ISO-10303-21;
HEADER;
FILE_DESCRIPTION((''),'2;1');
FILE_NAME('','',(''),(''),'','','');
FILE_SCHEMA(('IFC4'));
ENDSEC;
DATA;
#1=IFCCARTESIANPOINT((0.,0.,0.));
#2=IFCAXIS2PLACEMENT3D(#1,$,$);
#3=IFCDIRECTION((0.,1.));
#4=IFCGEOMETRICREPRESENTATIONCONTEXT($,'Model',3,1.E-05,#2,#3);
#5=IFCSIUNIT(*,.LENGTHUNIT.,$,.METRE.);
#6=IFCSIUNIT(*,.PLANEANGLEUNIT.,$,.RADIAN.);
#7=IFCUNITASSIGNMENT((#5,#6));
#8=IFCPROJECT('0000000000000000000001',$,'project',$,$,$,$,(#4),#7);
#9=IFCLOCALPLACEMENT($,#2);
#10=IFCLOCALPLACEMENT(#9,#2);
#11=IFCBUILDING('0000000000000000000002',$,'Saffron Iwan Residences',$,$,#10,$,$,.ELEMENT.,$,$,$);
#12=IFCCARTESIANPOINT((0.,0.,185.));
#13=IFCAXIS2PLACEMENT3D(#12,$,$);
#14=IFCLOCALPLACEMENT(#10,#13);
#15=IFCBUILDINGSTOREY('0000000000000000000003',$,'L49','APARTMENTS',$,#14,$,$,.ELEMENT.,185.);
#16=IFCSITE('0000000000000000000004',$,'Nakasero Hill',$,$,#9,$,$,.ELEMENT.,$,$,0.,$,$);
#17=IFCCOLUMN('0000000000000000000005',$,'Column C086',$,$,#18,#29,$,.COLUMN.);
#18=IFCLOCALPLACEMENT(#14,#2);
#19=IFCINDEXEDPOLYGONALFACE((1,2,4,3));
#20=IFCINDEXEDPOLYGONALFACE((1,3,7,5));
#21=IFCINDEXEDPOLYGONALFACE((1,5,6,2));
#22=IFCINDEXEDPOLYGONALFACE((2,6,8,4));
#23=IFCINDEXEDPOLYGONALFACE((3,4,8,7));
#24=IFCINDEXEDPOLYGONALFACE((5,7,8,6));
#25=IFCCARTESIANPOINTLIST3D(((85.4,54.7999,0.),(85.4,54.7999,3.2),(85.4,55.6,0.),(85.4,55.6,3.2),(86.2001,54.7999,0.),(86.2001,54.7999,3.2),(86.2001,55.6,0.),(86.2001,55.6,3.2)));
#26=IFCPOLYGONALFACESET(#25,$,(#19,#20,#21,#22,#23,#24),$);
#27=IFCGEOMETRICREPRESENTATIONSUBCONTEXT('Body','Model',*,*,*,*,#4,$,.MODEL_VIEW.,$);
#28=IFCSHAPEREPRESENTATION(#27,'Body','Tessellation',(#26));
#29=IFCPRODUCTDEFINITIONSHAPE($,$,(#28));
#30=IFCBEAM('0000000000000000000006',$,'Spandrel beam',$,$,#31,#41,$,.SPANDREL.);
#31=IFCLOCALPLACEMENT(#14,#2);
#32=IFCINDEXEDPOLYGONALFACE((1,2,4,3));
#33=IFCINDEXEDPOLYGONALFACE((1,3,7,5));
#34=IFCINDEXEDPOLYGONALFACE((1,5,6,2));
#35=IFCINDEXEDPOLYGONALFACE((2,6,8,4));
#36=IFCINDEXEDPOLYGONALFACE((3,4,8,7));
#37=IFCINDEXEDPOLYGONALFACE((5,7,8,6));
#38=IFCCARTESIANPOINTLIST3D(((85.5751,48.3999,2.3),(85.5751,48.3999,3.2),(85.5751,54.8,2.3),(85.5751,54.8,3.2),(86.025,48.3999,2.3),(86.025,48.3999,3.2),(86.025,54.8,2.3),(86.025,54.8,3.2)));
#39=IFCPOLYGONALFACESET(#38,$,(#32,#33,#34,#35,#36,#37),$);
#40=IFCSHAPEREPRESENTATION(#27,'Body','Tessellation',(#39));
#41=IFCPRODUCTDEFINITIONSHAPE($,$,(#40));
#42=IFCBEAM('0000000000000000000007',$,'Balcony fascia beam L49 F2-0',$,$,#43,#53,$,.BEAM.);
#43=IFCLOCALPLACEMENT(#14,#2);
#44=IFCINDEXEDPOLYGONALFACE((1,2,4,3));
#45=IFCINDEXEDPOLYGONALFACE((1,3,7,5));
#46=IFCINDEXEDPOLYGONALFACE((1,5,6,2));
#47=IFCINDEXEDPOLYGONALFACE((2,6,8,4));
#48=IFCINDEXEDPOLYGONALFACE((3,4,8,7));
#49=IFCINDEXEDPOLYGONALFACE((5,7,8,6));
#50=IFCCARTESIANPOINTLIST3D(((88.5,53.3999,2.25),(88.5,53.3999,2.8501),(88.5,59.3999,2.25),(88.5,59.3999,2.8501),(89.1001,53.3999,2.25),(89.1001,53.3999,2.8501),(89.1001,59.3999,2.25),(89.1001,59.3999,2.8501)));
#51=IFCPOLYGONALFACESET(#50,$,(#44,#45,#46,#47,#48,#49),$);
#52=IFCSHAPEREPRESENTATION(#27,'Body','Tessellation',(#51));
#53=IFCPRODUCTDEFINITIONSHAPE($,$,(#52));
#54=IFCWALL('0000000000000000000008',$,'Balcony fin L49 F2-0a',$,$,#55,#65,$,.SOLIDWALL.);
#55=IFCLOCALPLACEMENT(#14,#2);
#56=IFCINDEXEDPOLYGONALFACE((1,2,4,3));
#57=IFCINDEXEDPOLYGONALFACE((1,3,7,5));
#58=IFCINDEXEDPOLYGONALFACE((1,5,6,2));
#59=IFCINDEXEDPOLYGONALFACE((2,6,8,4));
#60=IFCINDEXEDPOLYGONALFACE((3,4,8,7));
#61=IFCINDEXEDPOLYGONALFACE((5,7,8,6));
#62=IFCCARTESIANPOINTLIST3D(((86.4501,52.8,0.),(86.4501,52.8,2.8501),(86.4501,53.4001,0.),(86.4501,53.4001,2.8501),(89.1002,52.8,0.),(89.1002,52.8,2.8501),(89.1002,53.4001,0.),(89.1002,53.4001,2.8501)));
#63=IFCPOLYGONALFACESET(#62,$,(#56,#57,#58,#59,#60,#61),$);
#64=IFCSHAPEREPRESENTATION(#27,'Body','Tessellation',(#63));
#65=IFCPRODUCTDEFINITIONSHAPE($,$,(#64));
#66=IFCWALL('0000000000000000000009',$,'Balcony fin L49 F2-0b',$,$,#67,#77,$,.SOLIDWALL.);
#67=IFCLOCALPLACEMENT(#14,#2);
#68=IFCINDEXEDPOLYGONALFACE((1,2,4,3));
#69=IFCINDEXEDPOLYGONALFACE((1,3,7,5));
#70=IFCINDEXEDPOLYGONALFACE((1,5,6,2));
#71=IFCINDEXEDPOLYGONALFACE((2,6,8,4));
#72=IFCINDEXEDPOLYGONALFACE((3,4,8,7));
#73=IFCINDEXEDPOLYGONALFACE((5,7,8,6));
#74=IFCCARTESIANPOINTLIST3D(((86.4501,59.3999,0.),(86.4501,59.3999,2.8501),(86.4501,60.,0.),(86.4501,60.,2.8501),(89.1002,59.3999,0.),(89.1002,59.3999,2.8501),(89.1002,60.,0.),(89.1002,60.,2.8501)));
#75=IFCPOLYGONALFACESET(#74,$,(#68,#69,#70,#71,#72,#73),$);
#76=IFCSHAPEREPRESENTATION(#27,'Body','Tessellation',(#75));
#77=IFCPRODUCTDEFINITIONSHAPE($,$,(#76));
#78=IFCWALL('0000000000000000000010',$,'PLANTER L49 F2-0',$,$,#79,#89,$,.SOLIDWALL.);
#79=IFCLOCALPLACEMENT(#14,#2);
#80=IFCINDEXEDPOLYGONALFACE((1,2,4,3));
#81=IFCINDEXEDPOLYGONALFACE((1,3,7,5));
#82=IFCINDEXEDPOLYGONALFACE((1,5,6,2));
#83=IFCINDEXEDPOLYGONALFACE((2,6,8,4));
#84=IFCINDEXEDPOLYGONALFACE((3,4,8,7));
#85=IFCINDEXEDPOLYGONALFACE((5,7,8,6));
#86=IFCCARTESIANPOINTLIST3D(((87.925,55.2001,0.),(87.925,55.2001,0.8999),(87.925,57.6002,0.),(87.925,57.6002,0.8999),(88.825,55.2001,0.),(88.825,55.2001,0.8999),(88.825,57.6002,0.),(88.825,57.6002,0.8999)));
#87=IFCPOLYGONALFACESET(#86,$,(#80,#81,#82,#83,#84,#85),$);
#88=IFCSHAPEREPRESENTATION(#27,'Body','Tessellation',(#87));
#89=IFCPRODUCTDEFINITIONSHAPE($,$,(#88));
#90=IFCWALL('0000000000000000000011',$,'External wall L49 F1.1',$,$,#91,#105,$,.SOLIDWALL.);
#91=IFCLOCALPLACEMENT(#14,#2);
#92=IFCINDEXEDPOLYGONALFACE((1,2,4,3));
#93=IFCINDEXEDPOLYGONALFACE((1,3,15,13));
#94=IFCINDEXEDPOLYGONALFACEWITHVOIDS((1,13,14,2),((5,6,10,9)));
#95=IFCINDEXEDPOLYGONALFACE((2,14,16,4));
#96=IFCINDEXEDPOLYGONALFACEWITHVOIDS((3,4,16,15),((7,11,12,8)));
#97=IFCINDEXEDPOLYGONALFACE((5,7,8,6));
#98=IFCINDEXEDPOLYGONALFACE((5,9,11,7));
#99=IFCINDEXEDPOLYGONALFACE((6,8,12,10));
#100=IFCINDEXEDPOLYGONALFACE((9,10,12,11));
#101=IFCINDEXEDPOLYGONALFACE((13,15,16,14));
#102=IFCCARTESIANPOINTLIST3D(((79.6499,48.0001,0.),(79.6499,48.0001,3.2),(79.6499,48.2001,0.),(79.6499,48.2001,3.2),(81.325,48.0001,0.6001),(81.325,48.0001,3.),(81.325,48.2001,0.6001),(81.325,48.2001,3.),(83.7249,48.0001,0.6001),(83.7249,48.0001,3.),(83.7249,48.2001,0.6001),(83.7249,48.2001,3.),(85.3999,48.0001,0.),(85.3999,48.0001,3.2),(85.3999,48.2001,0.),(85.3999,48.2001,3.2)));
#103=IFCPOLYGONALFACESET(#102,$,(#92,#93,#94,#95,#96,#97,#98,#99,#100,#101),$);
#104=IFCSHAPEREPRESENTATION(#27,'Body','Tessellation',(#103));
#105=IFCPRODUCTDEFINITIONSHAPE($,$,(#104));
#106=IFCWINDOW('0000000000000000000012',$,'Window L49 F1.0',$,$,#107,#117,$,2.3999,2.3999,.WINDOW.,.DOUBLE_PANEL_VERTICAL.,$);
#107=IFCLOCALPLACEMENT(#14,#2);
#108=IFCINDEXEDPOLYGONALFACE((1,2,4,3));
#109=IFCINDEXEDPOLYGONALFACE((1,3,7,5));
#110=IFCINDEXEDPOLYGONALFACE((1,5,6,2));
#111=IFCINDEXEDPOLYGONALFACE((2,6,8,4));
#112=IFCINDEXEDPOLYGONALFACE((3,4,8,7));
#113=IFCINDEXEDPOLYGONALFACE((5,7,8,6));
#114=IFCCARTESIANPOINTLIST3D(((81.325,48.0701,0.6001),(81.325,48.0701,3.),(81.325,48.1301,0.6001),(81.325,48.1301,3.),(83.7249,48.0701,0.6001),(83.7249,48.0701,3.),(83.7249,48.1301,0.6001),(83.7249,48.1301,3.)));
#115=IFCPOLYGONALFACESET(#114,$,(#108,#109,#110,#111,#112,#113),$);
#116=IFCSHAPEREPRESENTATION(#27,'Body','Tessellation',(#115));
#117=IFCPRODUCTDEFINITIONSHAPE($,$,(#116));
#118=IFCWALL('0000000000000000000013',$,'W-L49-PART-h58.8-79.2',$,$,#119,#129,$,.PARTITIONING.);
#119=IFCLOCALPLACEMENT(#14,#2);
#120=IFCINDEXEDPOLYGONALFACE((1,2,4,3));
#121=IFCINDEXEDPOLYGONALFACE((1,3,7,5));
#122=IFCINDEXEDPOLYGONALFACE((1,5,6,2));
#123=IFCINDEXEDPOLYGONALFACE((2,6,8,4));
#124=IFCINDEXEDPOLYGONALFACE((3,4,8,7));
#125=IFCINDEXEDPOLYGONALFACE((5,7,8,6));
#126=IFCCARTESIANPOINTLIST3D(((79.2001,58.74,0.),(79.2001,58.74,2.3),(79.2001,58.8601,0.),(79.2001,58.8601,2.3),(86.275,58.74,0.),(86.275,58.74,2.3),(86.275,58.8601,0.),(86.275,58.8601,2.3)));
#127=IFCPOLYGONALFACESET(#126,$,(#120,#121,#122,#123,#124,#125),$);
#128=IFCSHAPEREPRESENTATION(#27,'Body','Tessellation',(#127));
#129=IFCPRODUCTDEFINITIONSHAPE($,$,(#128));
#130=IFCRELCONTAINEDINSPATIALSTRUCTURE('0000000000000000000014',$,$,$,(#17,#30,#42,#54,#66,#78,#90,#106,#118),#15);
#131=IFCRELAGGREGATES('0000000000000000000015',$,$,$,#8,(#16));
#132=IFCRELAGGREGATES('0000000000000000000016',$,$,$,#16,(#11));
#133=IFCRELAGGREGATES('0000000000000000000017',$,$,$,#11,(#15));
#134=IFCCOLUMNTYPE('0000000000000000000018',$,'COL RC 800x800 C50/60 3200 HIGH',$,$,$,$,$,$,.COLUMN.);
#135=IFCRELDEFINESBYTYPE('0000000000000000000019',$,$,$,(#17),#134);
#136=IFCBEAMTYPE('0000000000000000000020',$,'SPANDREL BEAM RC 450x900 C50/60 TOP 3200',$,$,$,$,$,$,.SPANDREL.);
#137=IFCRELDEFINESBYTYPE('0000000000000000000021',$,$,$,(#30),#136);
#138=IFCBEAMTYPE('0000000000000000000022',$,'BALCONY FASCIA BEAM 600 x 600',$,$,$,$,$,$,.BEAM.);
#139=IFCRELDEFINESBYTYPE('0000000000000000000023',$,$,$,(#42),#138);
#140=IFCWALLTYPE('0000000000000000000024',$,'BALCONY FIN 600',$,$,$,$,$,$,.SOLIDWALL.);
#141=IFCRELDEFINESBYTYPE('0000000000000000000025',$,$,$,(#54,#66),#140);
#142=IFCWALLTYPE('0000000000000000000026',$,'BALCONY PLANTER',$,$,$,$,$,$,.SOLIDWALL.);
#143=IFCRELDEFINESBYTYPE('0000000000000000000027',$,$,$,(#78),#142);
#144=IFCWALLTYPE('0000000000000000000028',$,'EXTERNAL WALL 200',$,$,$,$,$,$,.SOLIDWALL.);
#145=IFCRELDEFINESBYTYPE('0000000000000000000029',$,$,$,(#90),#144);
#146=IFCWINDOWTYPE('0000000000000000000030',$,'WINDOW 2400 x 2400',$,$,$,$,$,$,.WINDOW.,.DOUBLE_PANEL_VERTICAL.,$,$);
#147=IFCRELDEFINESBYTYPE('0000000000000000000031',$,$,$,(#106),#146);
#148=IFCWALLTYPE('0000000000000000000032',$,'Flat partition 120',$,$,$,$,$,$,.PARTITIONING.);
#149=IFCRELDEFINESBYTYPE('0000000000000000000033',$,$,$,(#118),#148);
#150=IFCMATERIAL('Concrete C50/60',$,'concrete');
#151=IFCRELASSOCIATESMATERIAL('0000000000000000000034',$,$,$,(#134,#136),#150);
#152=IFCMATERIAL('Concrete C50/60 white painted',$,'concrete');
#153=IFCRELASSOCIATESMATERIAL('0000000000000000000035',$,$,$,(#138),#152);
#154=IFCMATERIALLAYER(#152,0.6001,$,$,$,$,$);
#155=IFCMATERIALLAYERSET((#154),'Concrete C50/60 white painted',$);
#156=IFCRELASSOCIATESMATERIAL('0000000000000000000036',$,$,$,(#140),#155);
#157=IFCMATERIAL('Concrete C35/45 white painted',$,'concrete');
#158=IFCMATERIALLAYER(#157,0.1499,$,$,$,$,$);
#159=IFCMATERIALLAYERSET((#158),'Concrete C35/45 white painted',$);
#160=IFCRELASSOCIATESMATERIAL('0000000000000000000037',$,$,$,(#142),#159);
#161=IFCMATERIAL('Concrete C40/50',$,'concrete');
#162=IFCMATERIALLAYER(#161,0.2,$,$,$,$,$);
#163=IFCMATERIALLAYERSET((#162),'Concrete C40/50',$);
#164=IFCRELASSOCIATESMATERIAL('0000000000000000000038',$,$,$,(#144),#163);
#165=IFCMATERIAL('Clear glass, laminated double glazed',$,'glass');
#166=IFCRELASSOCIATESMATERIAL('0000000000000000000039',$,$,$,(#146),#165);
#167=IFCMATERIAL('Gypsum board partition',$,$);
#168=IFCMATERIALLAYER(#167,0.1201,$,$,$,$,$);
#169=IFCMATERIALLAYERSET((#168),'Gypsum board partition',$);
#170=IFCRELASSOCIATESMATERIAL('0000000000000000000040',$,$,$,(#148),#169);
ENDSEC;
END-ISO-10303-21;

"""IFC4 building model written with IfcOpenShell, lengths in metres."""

from ifc_helpers import new_model, si_unit, direction, frame, frame_2d, origin, origin_2d, place, context, subcontext, project, spatial, rectangle, extrude, source, transform, mapped, material, layer, layer_set, material_profile, profile_set, type_object, element, fill, save


model = new_model("IFC4")

# Units and contexts
model_context = context("Model", 3, precision=1e-05, world=origin(), true_north=direction((0.0, 1.0)))
body_context = subcontext(model_context, "Body", "Model", "MODEL_VIEW")
ifc_project = project(units=[si_unit("LENGTHUNIT", "METRE"), si_unit("PLANEANGLEUNIT", "RADIAN")], contexts=[model_context])

# Site, building, storey
site_placement = place(None, origin())
site = spatial("IfcSite", under=ifc_project, at=site_placement, Name="Nakasero Hill", CompositionType="ELEMENT", RefElevation=0.0)
building_placement = place(site_placement, origin())
building = spatial("IfcBuilding", under=site, at=building_placement, Name="Saffron Iwan Residences", CompositionType="ELEMENT")
storey_placement = place(building_placement, frame((0.0, 0.0, 185.0)))
storey = spatial("IfcBuildingStorey", under=building, at=storey_placement, Name="L49", Description="APARTMENTS", CompositionType="ELEMENT", Elevation=185.0)

# Column
ifc_material_1 = material(Name="Concrete C50/60", Category="concrete")
ifc_material_profile_1 = material_profile(ifc_material_1, rectangle(XDim=0.8, YDim=0.8, at=origin_2d()), Name="RC 800x800")
ifc_profile_set_1 = profile_set([ifc_material_profile_1], Name="Concrete C50/60")
column_type = type_object("IfcColumnType", Name="COL RC 800x800 C50/60 3200 HIGH", PredefinedType="COLUMN", material=ifc_profile_set_1)
shared_shape_1 = source(origin(), body_context, "Body", "SweptSolid", [
    extrude(rectangle(XDim=0.8, YDim=0.8, at=origin_2d()), origin(), (0.0, 0.0, 1.0), 3.2),
])
column_placement = place(storey_placement, frame((85.8, 55.2, 0.0), z_axis=(0.0, 0.0, 1.0), x_axis=(1.0, 0.0, 0.0)))
element("IfcColumn", 1, at=column_placement, inside=storey, type_object=column_type, Name="Column C086", PredefinedType="COLUMN", context=body_context, shape_type="MappedRepresentation", body=[
    mapped(shared_shape_1, transform((0.0, 0.0, 0.0))),
])

# Beams
ifc_material_profile_2 = material_profile(ifc_material_1, rectangle(XDim=0.45, YDim=0.8999, at=origin_2d()), Name="RC 450x900")
ifc_profile_set_2 = profile_set([ifc_material_profile_2], Name="Concrete C50/60")
beam_type_1 = type_object("IfcBeamType", Name="SPANDREL BEAM RC 450x900 C50/60 TOP 3200", PredefinedType="SPANDREL", material=ifc_profile_set_2)
shared_shape_2 = source(origin(), body_context, "Body", "SweptSolid", [
    extrude(rectangle(XDim=0.45, YDim=0.8999, at=origin_2d()), origin(), (0.0, 0.0, 1.0), 6.4001),
])
beam_1_placement = place(storey_placement, frame((85.8, 54.8, 2.75), z_axis=(0.0, -1.0, 0.0), x_axis=(1.0, 0.0, 0.0)))
element("IfcBeam", 2, at=beam_1_placement, inside=storey, type_object=beam_type_1, Name="Spandrel beam", PredefinedType="SPANDREL", context=body_context, shape_type="MappedRepresentation", body=[
    mapped(shared_shape_2, transform((0.0, 0.0, 0.0))),
])
ifc_material_2 = material(Name="Concrete C50/60 white painted", Category="concrete")
ifc_material_profile_3 = material_profile(ifc_material_2, rectangle(XDim=0.6001, YDim=0.6001, at=origin_2d()), Name="BALCONY FASCIA BEAM 600 x 600")
ifc_profile_set_3 = profile_set([ifc_material_profile_3], Name="Concrete C50/60 white painted")
beam_type_2 = type_object("IfcBeamType", Name="BALCONY FASCIA BEAM 600 x 600", PredefinedType="BEAM", material=ifc_profile_set_3)
shared_shape_3 = source(origin(), body_context, "Body", "SweptSolid", [
    extrude(rectangle(XDim=0.6001, YDim=0.6001, at=origin_2d()), origin(), (0.0, 0.0, 1.0), 6.0),
])
beam_2_placement = place(storey_placement, frame((88.8, 53.3999, 2.55), z_axis=(0.0, 1.0, 0.0), x_axis=(-1.0, 0.0, 0.0)))
element("IfcBeam", 3, at=beam_2_placement, inside=storey, type_object=beam_type_2, Name="Balcony fascia beam L49 F2-0", PredefinedType="BEAM", context=body_context, shape_type="MappedRepresentation", body=[
    mapped(shared_shape_3, transform((0.0, 0.0, 0.0))),
])

# Walls
ifc_layer_1 = layer(ifc_material_2, 0.6001)
ifc_layer_set_1 = layer_set([ifc_layer_1], Name="Concrete C50/60 white painted")
wall_type_1 = type_object("IfcWallType", Name="BALCONY FIN 600", PredefinedType="SOLIDWALL", material=ifc_layer_set_1)
for number, where, z_axis, x_axis, name in (
    (4, (86.45, 53.1001, 0.0), (0.0, 0.0, 1.0), (1.0, 0.0, 0.0), "Balcony fin L49 F2-0a"),
    (5, (86.45, 59.7, 0.0), (0.0, 0.0, 1.0), (1.0, 0.0, 0.0), "Balcony fin L49 F2-0b"),
):
    element("IfcWall", number, at=place(storey_placement, frame(where, z_axis=z_axis, x_axis=x_axis)), inside=storey, type_object=wall_type_1, Name=name, PredefinedType="SOLIDWALL", context=body_context, shape_type="SweptSolid", body=[
        extrude(rectangle(XDim=2.6501, YDim=0.6001, at=frame_2d((1.3252, 0.0))), origin(), (0.0, 0.0, 1.0), 2.8501),
    ])
ifc_material_3 = material(Name="Concrete C35/45 white painted", Category="concrete")
ifc_layer_2 = layer(ifc_material_3, 0.1499)
ifc_layer_set_2 = layer_set([ifc_layer_2], Name="Concrete C35/45 white painted")
wall_type_2 = type_object("IfcWallType", Name="BALCONY PLANTER", PredefinedType="SOLIDWALL", material=ifc_layer_set_2)
wall_1_placement = place(storey_placement, frame((88.375, 55.2, 0.0), z_axis=(0.0, 0.0, 1.0), x_axis=(0.0, 1.0, 0.0)))
element("IfcWall", 6, at=wall_1_placement, inside=storey, type_object=wall_type_2, Name="PLANTER L49 F2-0", PredefinedType="SOLIDWALL", context=body_context, shape_type="SweptSolid", body=[
    extrude(rectangle(XDim=2.4001, YDim=0.8999, at=frame_2d((1.2002, 0.0))), origin(), (0.0, 0.0, 1.0), 0.8999),
])

# Wall, opening, window
ifc_material_4 = material(Name="Concrete C40/50", Category="concrete")
ifc_layer_3 = layer(ifc_material_4, 0.2)
ifc_layer_set_3 = layer_set([ifc_layer_3], Name="Concrete C40/50")
wall_type_3 = type_object("IfcWallType", Name="EXTERNAL WALL 200", PredefinedType="SOLIDWALL", material=ifc_layer_set_3)
wall_2_placement = place(storey_placement, frame((79.6499, 48.1001, 0.0), z_axis=(0.0, 0.0, 1.0), x_axis=(1.0, 0.0, 0.0)))
wall_2 = element("IfcWall", 7, at=wall_2_placement, inside=storey, type_object=wall_type_3, Name="External wall L49 F1.1", PredefinedType="SOLIDWALL", context=body_context, shape_type="SweptSolid", body=[
    extrude(rectangle(XDim=5.75, YDim=0.2, at=frame_2d((2.875, 0.0))), origin(), (0.0, 0.0, 1.0), 3.2),
])
opening_1_placement = place(wall_2_placement, frame((1.675, 0.0, 0.6001)))
opening_1 = element("IfcOpeningElement", 8, at=opening_1_placement, cuts=wall_2, PredefinedType="OPENING", context=body_context, shape_type="SweptSolid", body=[
    extrude(rectangle(XDim=2.3999, YDim=2.3999, at=frame_2d((1.2, 1.2))), frame((0.0, 0.1099, 0.0), z_axis=(0.0, -1.0, 0.0), x_axis=(1.0, 0.0, 0.0)), (0.0, 0.0, 1.0), 0.22),
])
ifc_material_5 = material(Name="Clear glass, laminated double glazed", Category="glass")
window_type_1 = type_object("IfcWindowType", Name="WINDOW 2400 x 2400", PartitioningType="DOUBLE_PANEL_VERTICAL", PredefinedType="WINDOW", material=ifc_material_5)
window_1_placement = place(opening_1_placement, origin())
window_1 = element("IfcWindow", 9, at=window_1_placement, inside=storey, type_object=window_type_1, Name="Window L49 F1.0", OverallHeight=2.3999, OverallWidth=2.3999, PartitioningType="DOUBLE_PANEL_VERTICAL", PredefinedType="WINDOW", context=body_context, shape_type="SweptSolid", body=[
    extrude(rectangle(XDim=2.3999, YDim=2.3999, at=frame_2d((1.2, 1.2))), frame((0.0, 0.03, 0.0), z_axis=(0.0, -1.0, 0.0), x_axis=(1.0, 0.0, 0.0)), (0.0, 0.0, 1.0), 0.0601),
])
fill(opening_1, window_1)

# Wall
ifc_material_6 = material(Name="Gypsum board partition")
ifc_layer_4 = layer(ifc_material_6, 0.1201)
ifc_layer_set_4 = layer_set([ifc_layer_4], Name="Gypsum board partition")
wall_type_4 = type_object("IfcWallType", Name="Flat partition 120", PredefinedType="PARTITIONING", material=ifc_layer_set_4)
wall_3_placement = place(storey_placement, frame((79.2, 58.8, 0.0), z_axis=(0.0, 0.0, 1.0), x_axis=(1.0, 0.0, 0.0)))
element("IfcWall", 10, at=wall_3_placement, inside=storey, type_object=wall_type_4, Name="W-L49-PART-h58.8-79.2", PredefinedType="PARTITIONING", context=body_context, shape_type="SweptSolid", body=[
    extrude(rectangle(XDim=7.075, YDim=0.1201, at=frame_2d((3.5376, 0.0))), origin(), (0.0, 0.0, 1.0), 2.3),
])

save(model, "model.ifc")
